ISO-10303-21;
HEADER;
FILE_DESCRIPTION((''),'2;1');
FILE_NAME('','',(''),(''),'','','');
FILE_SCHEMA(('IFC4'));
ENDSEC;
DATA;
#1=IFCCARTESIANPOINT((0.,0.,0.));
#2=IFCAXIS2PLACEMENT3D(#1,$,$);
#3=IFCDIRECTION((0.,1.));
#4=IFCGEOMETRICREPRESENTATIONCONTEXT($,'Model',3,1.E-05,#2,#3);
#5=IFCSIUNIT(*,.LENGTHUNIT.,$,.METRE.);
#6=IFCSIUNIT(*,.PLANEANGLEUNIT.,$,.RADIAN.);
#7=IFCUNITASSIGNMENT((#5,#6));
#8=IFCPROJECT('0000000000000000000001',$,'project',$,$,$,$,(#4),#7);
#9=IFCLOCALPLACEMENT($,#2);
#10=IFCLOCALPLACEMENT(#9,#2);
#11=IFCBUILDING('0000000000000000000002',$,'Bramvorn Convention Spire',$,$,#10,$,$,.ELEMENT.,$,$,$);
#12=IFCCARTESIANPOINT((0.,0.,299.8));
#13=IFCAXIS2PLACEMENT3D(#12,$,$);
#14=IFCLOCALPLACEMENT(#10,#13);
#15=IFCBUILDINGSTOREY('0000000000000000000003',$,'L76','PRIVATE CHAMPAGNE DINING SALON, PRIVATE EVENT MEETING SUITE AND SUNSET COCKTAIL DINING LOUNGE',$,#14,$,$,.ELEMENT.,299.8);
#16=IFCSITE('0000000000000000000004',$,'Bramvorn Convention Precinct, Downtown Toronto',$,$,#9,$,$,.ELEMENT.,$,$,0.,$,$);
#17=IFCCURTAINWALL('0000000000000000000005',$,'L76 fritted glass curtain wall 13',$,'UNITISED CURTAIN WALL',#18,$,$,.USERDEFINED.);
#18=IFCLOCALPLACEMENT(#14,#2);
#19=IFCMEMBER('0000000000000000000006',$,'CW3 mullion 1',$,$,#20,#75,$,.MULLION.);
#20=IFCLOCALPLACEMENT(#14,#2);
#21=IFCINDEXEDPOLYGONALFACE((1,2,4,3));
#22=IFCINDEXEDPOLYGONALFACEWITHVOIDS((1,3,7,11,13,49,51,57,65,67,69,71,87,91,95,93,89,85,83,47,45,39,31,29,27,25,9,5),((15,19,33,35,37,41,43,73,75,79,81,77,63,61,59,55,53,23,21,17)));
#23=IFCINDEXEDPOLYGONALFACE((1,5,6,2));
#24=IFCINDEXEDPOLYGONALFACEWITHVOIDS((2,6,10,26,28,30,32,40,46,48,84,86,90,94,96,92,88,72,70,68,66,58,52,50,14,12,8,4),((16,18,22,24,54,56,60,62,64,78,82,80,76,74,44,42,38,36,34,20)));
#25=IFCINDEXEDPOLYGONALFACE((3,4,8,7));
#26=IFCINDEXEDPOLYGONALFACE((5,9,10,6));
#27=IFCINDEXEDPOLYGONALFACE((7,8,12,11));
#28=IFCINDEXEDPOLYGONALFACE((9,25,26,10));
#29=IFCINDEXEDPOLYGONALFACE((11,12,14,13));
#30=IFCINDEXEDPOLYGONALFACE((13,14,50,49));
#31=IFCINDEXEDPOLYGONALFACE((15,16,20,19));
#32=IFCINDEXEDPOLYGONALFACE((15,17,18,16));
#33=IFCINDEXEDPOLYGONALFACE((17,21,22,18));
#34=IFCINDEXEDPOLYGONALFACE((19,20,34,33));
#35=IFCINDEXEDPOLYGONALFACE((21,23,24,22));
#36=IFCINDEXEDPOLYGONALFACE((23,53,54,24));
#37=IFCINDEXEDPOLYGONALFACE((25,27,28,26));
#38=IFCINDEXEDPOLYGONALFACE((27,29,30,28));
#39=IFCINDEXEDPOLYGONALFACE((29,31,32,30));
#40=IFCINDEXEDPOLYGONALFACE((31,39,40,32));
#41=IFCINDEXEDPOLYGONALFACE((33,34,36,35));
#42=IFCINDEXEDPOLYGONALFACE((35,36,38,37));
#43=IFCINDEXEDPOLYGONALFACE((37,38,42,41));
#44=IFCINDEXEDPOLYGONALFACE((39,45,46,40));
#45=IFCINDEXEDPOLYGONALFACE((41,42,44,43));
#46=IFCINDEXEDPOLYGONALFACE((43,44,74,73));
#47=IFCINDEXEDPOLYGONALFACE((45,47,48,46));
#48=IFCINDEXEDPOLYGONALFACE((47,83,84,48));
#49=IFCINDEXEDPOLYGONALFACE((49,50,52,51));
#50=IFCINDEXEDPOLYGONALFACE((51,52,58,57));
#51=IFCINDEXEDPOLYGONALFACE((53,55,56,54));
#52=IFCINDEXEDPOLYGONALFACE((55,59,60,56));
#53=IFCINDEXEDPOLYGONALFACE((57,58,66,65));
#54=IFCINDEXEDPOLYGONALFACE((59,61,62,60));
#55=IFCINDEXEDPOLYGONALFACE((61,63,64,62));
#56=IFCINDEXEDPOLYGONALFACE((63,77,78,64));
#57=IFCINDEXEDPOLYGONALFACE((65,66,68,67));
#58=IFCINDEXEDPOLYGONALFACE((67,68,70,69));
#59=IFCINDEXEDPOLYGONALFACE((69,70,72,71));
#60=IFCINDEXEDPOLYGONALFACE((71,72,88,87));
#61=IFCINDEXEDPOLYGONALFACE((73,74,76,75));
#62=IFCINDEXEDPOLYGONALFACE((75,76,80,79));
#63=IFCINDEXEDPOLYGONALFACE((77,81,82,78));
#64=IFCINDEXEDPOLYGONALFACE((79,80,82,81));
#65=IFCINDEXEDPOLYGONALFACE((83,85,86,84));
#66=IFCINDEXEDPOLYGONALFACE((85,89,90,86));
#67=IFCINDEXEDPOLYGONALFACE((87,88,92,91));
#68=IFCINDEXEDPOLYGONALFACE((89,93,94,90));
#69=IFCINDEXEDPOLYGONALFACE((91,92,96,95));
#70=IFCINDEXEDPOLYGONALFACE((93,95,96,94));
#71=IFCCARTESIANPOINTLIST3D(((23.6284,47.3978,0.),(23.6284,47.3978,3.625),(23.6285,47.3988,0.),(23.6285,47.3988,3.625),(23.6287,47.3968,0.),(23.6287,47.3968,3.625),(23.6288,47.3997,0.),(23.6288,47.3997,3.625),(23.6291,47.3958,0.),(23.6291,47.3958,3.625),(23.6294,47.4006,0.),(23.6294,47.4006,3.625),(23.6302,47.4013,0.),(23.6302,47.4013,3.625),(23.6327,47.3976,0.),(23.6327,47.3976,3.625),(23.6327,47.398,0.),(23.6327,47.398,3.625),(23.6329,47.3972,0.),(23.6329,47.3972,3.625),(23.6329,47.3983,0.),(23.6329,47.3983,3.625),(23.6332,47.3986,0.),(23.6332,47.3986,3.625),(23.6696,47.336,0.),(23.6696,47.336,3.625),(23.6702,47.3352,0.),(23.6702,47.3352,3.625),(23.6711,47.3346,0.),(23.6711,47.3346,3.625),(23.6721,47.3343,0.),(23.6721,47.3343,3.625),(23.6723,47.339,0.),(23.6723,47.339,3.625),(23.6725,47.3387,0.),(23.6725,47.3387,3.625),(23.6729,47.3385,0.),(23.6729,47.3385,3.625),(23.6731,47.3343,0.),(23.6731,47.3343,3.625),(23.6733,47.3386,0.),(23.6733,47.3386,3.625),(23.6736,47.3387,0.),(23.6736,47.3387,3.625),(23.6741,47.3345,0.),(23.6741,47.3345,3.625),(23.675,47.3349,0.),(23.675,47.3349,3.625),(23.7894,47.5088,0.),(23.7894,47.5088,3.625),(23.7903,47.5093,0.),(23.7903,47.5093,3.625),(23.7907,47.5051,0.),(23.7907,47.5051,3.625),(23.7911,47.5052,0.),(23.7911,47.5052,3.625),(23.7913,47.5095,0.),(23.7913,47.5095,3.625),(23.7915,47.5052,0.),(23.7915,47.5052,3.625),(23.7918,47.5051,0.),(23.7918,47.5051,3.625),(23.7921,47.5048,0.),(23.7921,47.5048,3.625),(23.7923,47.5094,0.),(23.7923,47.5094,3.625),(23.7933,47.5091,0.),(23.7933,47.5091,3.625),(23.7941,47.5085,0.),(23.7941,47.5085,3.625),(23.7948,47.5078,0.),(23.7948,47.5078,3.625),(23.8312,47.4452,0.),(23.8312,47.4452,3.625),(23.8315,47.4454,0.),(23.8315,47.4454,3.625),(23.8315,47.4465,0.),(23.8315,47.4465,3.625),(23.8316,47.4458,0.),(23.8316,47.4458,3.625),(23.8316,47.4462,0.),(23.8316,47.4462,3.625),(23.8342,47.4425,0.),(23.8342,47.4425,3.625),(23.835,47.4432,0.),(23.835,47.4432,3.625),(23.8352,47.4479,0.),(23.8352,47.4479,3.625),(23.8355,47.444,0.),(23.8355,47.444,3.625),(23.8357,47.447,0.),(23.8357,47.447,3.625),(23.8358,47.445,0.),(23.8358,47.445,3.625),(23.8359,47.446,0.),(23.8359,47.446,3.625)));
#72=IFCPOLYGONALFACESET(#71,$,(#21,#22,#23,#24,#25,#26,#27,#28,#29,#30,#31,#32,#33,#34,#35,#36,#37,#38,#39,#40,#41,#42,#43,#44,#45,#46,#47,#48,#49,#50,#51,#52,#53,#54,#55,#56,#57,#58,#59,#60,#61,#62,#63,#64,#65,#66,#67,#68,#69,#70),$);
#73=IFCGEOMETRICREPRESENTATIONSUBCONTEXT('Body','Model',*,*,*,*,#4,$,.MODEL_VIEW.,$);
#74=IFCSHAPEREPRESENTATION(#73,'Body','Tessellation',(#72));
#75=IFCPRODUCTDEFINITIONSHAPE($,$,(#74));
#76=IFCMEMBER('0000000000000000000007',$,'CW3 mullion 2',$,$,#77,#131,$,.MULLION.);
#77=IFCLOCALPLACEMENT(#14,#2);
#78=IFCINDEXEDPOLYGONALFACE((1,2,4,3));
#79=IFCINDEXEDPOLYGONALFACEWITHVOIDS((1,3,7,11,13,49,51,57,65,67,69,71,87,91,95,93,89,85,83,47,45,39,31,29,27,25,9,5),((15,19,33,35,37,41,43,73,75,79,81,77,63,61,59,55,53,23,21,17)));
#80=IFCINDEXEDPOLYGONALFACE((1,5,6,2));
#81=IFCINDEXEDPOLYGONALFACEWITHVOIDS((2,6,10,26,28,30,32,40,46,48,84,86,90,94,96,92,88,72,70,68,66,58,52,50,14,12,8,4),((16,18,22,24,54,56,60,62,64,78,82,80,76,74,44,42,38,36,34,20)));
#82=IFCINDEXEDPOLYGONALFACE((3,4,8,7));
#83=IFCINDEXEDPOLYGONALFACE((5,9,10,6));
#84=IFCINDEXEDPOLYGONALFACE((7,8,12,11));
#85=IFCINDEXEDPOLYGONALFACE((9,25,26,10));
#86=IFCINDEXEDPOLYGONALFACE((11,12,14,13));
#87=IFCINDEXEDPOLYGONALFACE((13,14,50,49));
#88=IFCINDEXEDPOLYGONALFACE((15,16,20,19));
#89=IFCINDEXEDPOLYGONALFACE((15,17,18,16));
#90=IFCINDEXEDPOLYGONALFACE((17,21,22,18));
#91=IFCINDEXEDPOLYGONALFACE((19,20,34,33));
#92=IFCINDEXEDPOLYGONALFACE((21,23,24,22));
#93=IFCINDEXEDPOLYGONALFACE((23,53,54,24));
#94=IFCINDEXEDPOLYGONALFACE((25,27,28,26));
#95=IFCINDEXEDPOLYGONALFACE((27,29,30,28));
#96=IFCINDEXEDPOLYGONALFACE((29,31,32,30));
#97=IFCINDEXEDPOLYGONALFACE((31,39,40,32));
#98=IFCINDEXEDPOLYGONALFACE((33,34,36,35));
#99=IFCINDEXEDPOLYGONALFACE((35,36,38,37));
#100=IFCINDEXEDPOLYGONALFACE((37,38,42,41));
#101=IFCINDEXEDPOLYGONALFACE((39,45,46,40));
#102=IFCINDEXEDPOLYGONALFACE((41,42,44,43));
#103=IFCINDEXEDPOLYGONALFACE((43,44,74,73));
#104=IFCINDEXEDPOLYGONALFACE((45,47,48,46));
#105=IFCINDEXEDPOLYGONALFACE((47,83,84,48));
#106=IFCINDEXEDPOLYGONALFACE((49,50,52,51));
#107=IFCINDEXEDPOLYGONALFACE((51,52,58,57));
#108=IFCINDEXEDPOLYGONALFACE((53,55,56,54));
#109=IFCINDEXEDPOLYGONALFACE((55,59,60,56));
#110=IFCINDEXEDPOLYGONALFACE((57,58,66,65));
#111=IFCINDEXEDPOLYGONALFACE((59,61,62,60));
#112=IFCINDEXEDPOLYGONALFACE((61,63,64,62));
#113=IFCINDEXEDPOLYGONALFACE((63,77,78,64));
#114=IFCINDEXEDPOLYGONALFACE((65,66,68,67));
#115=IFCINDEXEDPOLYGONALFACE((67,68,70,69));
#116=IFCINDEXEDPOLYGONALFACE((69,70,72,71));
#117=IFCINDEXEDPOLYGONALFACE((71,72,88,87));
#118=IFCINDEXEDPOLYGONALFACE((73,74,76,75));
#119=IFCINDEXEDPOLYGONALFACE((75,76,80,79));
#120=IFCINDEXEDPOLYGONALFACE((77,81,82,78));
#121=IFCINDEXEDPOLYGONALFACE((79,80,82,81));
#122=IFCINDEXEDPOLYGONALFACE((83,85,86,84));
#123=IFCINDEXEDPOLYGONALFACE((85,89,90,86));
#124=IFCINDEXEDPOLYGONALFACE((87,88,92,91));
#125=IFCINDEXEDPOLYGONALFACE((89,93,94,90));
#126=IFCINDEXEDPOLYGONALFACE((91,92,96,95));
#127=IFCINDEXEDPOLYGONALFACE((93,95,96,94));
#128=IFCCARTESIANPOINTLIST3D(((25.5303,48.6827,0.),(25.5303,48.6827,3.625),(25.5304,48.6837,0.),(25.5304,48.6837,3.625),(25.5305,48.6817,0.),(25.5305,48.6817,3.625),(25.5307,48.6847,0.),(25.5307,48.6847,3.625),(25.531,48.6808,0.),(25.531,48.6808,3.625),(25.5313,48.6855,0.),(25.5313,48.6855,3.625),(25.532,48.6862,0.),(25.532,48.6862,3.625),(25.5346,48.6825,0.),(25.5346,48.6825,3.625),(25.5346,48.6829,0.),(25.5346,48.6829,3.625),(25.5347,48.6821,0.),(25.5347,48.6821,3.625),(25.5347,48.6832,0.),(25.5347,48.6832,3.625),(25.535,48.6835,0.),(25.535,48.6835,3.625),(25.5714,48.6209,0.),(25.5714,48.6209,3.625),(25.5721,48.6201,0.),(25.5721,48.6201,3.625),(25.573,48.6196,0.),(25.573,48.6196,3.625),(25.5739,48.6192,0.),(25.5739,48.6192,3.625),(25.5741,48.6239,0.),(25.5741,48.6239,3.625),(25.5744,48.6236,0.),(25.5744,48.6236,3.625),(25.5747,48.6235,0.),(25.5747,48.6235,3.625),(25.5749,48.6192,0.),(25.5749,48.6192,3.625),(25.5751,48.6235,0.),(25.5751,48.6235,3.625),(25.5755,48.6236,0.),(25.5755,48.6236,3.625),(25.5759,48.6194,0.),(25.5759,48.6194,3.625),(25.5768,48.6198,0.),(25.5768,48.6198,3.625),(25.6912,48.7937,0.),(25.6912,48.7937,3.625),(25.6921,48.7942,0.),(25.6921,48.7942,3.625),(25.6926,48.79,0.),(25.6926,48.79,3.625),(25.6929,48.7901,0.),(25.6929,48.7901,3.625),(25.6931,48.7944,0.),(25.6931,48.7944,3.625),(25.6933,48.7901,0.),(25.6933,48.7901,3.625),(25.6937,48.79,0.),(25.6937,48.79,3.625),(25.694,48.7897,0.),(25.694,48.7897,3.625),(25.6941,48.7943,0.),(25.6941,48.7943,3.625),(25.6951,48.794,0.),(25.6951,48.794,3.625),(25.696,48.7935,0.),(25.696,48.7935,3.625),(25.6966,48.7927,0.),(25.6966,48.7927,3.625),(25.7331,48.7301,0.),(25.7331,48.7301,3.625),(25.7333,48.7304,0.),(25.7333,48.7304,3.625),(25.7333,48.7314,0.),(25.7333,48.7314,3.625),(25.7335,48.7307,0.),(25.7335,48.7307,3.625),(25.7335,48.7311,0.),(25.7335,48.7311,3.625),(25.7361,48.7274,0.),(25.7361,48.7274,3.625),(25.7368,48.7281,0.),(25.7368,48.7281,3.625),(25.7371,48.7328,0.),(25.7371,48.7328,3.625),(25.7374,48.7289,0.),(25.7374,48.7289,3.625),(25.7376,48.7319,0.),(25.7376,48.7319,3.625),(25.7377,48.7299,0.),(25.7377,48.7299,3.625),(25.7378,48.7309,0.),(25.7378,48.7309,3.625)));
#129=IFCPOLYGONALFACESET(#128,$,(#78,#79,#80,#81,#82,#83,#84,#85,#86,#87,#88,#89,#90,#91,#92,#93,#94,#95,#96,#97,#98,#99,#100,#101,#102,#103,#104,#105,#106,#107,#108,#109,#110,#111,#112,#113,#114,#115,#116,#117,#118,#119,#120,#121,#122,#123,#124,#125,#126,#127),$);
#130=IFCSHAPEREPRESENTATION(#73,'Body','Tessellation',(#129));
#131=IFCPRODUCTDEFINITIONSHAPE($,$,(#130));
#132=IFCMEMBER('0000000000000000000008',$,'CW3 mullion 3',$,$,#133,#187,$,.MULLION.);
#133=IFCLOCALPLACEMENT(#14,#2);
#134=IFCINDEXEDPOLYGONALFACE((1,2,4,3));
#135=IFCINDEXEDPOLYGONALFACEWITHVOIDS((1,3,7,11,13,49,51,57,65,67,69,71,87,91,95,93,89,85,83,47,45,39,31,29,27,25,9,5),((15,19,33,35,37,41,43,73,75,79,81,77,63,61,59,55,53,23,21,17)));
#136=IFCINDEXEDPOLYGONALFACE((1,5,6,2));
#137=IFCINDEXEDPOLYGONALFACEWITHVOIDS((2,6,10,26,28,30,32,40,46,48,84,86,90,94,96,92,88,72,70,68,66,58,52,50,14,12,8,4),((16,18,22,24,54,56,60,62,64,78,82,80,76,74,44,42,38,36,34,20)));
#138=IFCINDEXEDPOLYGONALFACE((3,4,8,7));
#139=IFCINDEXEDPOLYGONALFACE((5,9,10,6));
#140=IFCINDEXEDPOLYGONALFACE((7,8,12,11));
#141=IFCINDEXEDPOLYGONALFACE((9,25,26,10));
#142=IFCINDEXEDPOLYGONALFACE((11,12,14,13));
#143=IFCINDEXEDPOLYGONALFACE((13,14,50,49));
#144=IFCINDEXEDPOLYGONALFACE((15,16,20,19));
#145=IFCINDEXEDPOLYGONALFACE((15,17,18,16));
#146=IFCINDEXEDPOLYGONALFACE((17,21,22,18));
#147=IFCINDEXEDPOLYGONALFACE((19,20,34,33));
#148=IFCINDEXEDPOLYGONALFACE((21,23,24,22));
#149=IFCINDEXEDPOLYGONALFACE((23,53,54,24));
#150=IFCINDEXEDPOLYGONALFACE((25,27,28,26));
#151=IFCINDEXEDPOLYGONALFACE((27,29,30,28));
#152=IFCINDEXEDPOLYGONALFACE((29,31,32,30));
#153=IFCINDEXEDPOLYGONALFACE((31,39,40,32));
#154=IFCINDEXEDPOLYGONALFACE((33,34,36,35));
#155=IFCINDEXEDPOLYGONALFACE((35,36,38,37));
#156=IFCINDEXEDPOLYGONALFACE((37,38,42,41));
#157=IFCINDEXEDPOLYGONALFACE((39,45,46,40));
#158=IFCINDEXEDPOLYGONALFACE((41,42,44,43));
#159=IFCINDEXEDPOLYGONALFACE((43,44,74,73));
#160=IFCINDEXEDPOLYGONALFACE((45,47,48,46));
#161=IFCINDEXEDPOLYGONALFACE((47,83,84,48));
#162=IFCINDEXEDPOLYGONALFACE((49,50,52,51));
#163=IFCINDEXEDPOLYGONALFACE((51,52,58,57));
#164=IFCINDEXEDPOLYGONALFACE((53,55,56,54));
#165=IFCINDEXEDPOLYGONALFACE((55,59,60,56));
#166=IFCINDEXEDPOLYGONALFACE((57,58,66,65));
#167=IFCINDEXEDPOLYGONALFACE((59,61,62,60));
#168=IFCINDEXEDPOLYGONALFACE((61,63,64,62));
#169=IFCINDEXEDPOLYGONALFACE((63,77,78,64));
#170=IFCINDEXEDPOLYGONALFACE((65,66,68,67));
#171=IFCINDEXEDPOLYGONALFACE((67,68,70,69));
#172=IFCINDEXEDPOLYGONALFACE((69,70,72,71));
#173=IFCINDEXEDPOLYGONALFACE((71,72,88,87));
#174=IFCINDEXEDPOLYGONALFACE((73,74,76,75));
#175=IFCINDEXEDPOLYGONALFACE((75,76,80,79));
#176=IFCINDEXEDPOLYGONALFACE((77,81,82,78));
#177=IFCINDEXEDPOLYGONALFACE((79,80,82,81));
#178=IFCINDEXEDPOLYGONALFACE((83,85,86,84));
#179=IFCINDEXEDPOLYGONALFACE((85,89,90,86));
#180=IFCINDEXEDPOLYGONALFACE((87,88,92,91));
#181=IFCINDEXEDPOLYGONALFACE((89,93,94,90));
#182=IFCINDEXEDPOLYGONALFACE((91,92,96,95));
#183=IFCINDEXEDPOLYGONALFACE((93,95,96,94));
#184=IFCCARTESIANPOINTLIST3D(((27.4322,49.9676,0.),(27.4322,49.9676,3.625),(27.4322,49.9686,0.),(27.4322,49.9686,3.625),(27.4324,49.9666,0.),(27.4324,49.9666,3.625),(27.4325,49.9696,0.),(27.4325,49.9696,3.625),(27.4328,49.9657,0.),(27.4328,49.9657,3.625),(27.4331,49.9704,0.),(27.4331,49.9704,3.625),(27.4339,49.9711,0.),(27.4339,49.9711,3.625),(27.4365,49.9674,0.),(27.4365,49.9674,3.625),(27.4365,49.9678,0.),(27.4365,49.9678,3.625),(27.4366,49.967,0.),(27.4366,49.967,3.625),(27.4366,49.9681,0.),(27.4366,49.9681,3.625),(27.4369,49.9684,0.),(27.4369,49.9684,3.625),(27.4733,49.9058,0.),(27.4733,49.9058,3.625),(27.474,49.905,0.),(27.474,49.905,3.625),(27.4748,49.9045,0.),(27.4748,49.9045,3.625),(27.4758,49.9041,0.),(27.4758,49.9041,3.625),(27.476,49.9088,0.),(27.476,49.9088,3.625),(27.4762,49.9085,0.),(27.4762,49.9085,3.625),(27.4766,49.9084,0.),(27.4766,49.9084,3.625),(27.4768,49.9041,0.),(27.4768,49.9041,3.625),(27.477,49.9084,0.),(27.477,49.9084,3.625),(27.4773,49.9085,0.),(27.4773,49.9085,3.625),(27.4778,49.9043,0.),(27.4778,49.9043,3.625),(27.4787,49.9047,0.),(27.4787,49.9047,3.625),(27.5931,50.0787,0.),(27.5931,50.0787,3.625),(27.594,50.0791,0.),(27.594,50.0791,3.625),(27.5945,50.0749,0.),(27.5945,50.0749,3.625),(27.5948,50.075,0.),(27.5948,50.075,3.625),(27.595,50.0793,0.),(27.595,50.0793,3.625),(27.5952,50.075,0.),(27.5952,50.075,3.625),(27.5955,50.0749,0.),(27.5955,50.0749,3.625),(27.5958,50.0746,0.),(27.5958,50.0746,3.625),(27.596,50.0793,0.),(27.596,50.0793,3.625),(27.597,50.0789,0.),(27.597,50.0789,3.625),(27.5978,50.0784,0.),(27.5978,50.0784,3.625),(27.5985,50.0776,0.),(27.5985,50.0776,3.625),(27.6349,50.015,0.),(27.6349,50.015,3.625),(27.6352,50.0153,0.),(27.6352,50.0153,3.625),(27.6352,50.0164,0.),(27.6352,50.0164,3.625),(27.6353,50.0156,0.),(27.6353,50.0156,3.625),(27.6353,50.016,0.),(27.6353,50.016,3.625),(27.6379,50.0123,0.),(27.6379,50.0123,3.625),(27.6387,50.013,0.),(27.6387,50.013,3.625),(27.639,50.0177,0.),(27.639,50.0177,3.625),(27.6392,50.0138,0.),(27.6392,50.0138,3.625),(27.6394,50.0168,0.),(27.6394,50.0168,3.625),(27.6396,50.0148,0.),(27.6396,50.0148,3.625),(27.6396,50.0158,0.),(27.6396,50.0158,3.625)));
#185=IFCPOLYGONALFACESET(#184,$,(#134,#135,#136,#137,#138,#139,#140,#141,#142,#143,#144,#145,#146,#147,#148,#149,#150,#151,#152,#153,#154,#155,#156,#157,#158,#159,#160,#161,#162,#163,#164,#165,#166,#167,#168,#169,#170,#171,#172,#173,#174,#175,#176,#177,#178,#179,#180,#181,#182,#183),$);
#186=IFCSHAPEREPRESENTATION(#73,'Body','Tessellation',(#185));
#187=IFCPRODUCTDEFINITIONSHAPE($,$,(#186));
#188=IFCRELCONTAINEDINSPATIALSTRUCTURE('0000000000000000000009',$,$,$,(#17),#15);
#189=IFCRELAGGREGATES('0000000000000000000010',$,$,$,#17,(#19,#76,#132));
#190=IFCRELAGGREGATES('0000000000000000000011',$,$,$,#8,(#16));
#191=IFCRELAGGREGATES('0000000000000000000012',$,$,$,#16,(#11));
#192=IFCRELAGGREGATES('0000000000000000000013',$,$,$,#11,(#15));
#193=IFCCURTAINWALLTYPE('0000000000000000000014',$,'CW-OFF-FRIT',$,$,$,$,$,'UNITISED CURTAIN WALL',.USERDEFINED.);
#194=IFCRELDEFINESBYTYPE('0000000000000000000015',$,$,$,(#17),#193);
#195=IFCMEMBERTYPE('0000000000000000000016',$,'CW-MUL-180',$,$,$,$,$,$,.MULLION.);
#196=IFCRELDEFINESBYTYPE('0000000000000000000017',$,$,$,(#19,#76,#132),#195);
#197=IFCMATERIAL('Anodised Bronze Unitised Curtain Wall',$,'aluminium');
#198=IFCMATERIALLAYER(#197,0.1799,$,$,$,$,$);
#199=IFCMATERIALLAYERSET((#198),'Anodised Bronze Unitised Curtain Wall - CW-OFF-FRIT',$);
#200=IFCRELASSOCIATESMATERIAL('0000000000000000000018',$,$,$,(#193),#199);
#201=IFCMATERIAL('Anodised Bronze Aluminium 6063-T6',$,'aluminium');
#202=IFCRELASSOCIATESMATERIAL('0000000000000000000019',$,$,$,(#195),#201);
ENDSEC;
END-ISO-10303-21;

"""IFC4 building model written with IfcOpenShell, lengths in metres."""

from ifc_helpers import new_model, si_unit, direction, frame, origin, origin_2d, place, context, subcontext, project, spatial, hollow_rectangle, extrude, material, layer, layer_set, material_profile, profile_set, type_object, element, aggregate, save


model = new_model("IFC4")

# Units and contexts
model_context = context("Model", 3, precision=1e-05, world=origin(), true_north=direction((0.0, 1.0)))
body_context = subcontext(model_context, "Body", "Model", "MODEL_VIEW")
ifc_project = project(units=[si_unit("LENGTHUNIT", "METRE"), si_unit("PLANEANGLEUNIT", "RADIAN")], contexts=[model_context])

# Site, building, storey
site_placement = place(None, origin())
site = spatial("IfcSite", under=ifc_project, at=site_placement, Name="Bramvorn Convention Precinct, Downtown Toronto", CompositionType="ELEMENT", RefElevation=0.0)
building_placement = place(site_placement, origin())
building = spatial("IfcBuilding", under=site, at=building_placement, Name="Bramvorn Convention Spire", CompositionType="ELEMENT")
storey_placement = place(building_placement, frame((0.0, 0.0, 299.8)))
storey = spatial("IfcBuildingStorey", under=building, at=storey_placement, Name="L76", Description="PRIVATE CHAMPAGNE DINING SALON, PRIVATE EVENT MEETING SUITE AND SUNSET COCKTAIL DINING LOUNGE", CompositionType="ELEMENT", Elevation=299.8)

# Curtain wall, members
ifc_material_1 = material(Name="Anodised Bronze Unitised Curtain Wall", Category="aluminium")
ifc_layer_1 = layer(ifc_material_1, 0.1799)
ifc_layer_set_1 = layer_set([ifc_layer_1], Name="Anodised Bronze Unitised Curtain Wall - CW-OFF-FRIT")
curtain_wall_type = type_object("IfcCurtainWallType", Name="CW-OFF-FRIT", ElementType="UNITISED CURTAIN WALL", PredefinedType="USERDEFINED", material=ifc_layer_set_1)
ifc_material_2 = material(Name="Anodised Bronze Aluminium 6063-T6", Category="aluminium")
ifc_material_profile_1 = material_profile(ifc_material_2, hollow_rectangle(XDim=0.0801, YDim=0.2, WallThickness=0.0039, InnerFilletRadius=0.001, OuterFilletRadius=0.0039, at=origin_2d()))
ifc_profile_set_1 = profile_set([ifc_material_profile_1], Name="Anodised Bronze Aluminium 6063-T6 - CWM80X200")
member_type_1 = type_object("IfcMemberType", Name="CW-MUL-180", PredefinedType="MULLION", material=ifc_profile_set_1)
curtain_wall_1_placement = place(storey_placement, origin())
curtain_wall_1 = element("IfcCurtainWall", 1, at=curtain_wall_1_placement, inside=storey, type_object=curtain_wall_type, Name="L76 fritted glass curtain wall 13", ObjectType="UNITISED CURTAIN WALL", PredefinedType="USERDEFINED")
member_1_placement = place(storey_placement, frame((23.7322, 47.4219, 0.0), z_axis=(0.0, 0.0, 1.0), x_axis=(-0.55985, 0.828594, 0.0)))
member_1 = element("IfcMember", 2, at=member_1_placement, type_object=member_type_1, Name="CW3 mullion 1", PredefinedType="MULLION", context=body_context, shape_type="SweptSolid", body=[
    extrude(hollow_rectangle(XDim=0.0801, YDim=0.2, WallThickness=0.0039, InnerFilletRadius=0.001, OuterFilletRadius=0.0039, at=origin_2d()), origin(), (0.0, 0.0, 1.0), 3.625),
])
member_2_placement = place(storey_placement, frame((25.634, 48.7068, 0.0), z_axis=(0.0, 0.0, 1.0), x_axis=(-0.55985, 0.828594, 0.0)))
member_2 = element("IfcMember", 3, at=member_2_placement, type_object=member_type_1, Name="CW3 mullion 2", PredefinedType="MULLION", context=body_context, shape_type="SweptSolid", body=[
    extrude(hollow_rectangle(XDim=0.0801, YDim=0.2, WallThickness=0.0039, InnerFilletRadius=0.001, OuterFilletRadius=0.0039, at=origin_2d()), origin(), (0.0, 0.0, 1.0), 3.625),
])
member_3_placement = place(storey_placement, frame((27.5359, 49.9917, 0.0), z_axis=(0.0, 0.0, 1.0), x_axis=(-0.55985, 0.828594, 0.0)))
member_3 = element("IfcMember", 4, at=member_3_placement, type_object=member_type_1, Name="CW3 mullion 3", PredefinedType="MULLION", context=body_context, shape_type="SweptSolid", body=[
    extrude(hollow_rectangle(XDim=0.0801, YDim=0.2, WallThickness=0.0039, InnerFilletRadius=0.001, OuterFilletRadius=0.0039, at=origin_2d()), origin(), (0.0, 0.0, 1.0), 3.625),
])

aggregate(curtain_wall_1, [member_1, member_2, member_3])

save(model, "model.ifc")
